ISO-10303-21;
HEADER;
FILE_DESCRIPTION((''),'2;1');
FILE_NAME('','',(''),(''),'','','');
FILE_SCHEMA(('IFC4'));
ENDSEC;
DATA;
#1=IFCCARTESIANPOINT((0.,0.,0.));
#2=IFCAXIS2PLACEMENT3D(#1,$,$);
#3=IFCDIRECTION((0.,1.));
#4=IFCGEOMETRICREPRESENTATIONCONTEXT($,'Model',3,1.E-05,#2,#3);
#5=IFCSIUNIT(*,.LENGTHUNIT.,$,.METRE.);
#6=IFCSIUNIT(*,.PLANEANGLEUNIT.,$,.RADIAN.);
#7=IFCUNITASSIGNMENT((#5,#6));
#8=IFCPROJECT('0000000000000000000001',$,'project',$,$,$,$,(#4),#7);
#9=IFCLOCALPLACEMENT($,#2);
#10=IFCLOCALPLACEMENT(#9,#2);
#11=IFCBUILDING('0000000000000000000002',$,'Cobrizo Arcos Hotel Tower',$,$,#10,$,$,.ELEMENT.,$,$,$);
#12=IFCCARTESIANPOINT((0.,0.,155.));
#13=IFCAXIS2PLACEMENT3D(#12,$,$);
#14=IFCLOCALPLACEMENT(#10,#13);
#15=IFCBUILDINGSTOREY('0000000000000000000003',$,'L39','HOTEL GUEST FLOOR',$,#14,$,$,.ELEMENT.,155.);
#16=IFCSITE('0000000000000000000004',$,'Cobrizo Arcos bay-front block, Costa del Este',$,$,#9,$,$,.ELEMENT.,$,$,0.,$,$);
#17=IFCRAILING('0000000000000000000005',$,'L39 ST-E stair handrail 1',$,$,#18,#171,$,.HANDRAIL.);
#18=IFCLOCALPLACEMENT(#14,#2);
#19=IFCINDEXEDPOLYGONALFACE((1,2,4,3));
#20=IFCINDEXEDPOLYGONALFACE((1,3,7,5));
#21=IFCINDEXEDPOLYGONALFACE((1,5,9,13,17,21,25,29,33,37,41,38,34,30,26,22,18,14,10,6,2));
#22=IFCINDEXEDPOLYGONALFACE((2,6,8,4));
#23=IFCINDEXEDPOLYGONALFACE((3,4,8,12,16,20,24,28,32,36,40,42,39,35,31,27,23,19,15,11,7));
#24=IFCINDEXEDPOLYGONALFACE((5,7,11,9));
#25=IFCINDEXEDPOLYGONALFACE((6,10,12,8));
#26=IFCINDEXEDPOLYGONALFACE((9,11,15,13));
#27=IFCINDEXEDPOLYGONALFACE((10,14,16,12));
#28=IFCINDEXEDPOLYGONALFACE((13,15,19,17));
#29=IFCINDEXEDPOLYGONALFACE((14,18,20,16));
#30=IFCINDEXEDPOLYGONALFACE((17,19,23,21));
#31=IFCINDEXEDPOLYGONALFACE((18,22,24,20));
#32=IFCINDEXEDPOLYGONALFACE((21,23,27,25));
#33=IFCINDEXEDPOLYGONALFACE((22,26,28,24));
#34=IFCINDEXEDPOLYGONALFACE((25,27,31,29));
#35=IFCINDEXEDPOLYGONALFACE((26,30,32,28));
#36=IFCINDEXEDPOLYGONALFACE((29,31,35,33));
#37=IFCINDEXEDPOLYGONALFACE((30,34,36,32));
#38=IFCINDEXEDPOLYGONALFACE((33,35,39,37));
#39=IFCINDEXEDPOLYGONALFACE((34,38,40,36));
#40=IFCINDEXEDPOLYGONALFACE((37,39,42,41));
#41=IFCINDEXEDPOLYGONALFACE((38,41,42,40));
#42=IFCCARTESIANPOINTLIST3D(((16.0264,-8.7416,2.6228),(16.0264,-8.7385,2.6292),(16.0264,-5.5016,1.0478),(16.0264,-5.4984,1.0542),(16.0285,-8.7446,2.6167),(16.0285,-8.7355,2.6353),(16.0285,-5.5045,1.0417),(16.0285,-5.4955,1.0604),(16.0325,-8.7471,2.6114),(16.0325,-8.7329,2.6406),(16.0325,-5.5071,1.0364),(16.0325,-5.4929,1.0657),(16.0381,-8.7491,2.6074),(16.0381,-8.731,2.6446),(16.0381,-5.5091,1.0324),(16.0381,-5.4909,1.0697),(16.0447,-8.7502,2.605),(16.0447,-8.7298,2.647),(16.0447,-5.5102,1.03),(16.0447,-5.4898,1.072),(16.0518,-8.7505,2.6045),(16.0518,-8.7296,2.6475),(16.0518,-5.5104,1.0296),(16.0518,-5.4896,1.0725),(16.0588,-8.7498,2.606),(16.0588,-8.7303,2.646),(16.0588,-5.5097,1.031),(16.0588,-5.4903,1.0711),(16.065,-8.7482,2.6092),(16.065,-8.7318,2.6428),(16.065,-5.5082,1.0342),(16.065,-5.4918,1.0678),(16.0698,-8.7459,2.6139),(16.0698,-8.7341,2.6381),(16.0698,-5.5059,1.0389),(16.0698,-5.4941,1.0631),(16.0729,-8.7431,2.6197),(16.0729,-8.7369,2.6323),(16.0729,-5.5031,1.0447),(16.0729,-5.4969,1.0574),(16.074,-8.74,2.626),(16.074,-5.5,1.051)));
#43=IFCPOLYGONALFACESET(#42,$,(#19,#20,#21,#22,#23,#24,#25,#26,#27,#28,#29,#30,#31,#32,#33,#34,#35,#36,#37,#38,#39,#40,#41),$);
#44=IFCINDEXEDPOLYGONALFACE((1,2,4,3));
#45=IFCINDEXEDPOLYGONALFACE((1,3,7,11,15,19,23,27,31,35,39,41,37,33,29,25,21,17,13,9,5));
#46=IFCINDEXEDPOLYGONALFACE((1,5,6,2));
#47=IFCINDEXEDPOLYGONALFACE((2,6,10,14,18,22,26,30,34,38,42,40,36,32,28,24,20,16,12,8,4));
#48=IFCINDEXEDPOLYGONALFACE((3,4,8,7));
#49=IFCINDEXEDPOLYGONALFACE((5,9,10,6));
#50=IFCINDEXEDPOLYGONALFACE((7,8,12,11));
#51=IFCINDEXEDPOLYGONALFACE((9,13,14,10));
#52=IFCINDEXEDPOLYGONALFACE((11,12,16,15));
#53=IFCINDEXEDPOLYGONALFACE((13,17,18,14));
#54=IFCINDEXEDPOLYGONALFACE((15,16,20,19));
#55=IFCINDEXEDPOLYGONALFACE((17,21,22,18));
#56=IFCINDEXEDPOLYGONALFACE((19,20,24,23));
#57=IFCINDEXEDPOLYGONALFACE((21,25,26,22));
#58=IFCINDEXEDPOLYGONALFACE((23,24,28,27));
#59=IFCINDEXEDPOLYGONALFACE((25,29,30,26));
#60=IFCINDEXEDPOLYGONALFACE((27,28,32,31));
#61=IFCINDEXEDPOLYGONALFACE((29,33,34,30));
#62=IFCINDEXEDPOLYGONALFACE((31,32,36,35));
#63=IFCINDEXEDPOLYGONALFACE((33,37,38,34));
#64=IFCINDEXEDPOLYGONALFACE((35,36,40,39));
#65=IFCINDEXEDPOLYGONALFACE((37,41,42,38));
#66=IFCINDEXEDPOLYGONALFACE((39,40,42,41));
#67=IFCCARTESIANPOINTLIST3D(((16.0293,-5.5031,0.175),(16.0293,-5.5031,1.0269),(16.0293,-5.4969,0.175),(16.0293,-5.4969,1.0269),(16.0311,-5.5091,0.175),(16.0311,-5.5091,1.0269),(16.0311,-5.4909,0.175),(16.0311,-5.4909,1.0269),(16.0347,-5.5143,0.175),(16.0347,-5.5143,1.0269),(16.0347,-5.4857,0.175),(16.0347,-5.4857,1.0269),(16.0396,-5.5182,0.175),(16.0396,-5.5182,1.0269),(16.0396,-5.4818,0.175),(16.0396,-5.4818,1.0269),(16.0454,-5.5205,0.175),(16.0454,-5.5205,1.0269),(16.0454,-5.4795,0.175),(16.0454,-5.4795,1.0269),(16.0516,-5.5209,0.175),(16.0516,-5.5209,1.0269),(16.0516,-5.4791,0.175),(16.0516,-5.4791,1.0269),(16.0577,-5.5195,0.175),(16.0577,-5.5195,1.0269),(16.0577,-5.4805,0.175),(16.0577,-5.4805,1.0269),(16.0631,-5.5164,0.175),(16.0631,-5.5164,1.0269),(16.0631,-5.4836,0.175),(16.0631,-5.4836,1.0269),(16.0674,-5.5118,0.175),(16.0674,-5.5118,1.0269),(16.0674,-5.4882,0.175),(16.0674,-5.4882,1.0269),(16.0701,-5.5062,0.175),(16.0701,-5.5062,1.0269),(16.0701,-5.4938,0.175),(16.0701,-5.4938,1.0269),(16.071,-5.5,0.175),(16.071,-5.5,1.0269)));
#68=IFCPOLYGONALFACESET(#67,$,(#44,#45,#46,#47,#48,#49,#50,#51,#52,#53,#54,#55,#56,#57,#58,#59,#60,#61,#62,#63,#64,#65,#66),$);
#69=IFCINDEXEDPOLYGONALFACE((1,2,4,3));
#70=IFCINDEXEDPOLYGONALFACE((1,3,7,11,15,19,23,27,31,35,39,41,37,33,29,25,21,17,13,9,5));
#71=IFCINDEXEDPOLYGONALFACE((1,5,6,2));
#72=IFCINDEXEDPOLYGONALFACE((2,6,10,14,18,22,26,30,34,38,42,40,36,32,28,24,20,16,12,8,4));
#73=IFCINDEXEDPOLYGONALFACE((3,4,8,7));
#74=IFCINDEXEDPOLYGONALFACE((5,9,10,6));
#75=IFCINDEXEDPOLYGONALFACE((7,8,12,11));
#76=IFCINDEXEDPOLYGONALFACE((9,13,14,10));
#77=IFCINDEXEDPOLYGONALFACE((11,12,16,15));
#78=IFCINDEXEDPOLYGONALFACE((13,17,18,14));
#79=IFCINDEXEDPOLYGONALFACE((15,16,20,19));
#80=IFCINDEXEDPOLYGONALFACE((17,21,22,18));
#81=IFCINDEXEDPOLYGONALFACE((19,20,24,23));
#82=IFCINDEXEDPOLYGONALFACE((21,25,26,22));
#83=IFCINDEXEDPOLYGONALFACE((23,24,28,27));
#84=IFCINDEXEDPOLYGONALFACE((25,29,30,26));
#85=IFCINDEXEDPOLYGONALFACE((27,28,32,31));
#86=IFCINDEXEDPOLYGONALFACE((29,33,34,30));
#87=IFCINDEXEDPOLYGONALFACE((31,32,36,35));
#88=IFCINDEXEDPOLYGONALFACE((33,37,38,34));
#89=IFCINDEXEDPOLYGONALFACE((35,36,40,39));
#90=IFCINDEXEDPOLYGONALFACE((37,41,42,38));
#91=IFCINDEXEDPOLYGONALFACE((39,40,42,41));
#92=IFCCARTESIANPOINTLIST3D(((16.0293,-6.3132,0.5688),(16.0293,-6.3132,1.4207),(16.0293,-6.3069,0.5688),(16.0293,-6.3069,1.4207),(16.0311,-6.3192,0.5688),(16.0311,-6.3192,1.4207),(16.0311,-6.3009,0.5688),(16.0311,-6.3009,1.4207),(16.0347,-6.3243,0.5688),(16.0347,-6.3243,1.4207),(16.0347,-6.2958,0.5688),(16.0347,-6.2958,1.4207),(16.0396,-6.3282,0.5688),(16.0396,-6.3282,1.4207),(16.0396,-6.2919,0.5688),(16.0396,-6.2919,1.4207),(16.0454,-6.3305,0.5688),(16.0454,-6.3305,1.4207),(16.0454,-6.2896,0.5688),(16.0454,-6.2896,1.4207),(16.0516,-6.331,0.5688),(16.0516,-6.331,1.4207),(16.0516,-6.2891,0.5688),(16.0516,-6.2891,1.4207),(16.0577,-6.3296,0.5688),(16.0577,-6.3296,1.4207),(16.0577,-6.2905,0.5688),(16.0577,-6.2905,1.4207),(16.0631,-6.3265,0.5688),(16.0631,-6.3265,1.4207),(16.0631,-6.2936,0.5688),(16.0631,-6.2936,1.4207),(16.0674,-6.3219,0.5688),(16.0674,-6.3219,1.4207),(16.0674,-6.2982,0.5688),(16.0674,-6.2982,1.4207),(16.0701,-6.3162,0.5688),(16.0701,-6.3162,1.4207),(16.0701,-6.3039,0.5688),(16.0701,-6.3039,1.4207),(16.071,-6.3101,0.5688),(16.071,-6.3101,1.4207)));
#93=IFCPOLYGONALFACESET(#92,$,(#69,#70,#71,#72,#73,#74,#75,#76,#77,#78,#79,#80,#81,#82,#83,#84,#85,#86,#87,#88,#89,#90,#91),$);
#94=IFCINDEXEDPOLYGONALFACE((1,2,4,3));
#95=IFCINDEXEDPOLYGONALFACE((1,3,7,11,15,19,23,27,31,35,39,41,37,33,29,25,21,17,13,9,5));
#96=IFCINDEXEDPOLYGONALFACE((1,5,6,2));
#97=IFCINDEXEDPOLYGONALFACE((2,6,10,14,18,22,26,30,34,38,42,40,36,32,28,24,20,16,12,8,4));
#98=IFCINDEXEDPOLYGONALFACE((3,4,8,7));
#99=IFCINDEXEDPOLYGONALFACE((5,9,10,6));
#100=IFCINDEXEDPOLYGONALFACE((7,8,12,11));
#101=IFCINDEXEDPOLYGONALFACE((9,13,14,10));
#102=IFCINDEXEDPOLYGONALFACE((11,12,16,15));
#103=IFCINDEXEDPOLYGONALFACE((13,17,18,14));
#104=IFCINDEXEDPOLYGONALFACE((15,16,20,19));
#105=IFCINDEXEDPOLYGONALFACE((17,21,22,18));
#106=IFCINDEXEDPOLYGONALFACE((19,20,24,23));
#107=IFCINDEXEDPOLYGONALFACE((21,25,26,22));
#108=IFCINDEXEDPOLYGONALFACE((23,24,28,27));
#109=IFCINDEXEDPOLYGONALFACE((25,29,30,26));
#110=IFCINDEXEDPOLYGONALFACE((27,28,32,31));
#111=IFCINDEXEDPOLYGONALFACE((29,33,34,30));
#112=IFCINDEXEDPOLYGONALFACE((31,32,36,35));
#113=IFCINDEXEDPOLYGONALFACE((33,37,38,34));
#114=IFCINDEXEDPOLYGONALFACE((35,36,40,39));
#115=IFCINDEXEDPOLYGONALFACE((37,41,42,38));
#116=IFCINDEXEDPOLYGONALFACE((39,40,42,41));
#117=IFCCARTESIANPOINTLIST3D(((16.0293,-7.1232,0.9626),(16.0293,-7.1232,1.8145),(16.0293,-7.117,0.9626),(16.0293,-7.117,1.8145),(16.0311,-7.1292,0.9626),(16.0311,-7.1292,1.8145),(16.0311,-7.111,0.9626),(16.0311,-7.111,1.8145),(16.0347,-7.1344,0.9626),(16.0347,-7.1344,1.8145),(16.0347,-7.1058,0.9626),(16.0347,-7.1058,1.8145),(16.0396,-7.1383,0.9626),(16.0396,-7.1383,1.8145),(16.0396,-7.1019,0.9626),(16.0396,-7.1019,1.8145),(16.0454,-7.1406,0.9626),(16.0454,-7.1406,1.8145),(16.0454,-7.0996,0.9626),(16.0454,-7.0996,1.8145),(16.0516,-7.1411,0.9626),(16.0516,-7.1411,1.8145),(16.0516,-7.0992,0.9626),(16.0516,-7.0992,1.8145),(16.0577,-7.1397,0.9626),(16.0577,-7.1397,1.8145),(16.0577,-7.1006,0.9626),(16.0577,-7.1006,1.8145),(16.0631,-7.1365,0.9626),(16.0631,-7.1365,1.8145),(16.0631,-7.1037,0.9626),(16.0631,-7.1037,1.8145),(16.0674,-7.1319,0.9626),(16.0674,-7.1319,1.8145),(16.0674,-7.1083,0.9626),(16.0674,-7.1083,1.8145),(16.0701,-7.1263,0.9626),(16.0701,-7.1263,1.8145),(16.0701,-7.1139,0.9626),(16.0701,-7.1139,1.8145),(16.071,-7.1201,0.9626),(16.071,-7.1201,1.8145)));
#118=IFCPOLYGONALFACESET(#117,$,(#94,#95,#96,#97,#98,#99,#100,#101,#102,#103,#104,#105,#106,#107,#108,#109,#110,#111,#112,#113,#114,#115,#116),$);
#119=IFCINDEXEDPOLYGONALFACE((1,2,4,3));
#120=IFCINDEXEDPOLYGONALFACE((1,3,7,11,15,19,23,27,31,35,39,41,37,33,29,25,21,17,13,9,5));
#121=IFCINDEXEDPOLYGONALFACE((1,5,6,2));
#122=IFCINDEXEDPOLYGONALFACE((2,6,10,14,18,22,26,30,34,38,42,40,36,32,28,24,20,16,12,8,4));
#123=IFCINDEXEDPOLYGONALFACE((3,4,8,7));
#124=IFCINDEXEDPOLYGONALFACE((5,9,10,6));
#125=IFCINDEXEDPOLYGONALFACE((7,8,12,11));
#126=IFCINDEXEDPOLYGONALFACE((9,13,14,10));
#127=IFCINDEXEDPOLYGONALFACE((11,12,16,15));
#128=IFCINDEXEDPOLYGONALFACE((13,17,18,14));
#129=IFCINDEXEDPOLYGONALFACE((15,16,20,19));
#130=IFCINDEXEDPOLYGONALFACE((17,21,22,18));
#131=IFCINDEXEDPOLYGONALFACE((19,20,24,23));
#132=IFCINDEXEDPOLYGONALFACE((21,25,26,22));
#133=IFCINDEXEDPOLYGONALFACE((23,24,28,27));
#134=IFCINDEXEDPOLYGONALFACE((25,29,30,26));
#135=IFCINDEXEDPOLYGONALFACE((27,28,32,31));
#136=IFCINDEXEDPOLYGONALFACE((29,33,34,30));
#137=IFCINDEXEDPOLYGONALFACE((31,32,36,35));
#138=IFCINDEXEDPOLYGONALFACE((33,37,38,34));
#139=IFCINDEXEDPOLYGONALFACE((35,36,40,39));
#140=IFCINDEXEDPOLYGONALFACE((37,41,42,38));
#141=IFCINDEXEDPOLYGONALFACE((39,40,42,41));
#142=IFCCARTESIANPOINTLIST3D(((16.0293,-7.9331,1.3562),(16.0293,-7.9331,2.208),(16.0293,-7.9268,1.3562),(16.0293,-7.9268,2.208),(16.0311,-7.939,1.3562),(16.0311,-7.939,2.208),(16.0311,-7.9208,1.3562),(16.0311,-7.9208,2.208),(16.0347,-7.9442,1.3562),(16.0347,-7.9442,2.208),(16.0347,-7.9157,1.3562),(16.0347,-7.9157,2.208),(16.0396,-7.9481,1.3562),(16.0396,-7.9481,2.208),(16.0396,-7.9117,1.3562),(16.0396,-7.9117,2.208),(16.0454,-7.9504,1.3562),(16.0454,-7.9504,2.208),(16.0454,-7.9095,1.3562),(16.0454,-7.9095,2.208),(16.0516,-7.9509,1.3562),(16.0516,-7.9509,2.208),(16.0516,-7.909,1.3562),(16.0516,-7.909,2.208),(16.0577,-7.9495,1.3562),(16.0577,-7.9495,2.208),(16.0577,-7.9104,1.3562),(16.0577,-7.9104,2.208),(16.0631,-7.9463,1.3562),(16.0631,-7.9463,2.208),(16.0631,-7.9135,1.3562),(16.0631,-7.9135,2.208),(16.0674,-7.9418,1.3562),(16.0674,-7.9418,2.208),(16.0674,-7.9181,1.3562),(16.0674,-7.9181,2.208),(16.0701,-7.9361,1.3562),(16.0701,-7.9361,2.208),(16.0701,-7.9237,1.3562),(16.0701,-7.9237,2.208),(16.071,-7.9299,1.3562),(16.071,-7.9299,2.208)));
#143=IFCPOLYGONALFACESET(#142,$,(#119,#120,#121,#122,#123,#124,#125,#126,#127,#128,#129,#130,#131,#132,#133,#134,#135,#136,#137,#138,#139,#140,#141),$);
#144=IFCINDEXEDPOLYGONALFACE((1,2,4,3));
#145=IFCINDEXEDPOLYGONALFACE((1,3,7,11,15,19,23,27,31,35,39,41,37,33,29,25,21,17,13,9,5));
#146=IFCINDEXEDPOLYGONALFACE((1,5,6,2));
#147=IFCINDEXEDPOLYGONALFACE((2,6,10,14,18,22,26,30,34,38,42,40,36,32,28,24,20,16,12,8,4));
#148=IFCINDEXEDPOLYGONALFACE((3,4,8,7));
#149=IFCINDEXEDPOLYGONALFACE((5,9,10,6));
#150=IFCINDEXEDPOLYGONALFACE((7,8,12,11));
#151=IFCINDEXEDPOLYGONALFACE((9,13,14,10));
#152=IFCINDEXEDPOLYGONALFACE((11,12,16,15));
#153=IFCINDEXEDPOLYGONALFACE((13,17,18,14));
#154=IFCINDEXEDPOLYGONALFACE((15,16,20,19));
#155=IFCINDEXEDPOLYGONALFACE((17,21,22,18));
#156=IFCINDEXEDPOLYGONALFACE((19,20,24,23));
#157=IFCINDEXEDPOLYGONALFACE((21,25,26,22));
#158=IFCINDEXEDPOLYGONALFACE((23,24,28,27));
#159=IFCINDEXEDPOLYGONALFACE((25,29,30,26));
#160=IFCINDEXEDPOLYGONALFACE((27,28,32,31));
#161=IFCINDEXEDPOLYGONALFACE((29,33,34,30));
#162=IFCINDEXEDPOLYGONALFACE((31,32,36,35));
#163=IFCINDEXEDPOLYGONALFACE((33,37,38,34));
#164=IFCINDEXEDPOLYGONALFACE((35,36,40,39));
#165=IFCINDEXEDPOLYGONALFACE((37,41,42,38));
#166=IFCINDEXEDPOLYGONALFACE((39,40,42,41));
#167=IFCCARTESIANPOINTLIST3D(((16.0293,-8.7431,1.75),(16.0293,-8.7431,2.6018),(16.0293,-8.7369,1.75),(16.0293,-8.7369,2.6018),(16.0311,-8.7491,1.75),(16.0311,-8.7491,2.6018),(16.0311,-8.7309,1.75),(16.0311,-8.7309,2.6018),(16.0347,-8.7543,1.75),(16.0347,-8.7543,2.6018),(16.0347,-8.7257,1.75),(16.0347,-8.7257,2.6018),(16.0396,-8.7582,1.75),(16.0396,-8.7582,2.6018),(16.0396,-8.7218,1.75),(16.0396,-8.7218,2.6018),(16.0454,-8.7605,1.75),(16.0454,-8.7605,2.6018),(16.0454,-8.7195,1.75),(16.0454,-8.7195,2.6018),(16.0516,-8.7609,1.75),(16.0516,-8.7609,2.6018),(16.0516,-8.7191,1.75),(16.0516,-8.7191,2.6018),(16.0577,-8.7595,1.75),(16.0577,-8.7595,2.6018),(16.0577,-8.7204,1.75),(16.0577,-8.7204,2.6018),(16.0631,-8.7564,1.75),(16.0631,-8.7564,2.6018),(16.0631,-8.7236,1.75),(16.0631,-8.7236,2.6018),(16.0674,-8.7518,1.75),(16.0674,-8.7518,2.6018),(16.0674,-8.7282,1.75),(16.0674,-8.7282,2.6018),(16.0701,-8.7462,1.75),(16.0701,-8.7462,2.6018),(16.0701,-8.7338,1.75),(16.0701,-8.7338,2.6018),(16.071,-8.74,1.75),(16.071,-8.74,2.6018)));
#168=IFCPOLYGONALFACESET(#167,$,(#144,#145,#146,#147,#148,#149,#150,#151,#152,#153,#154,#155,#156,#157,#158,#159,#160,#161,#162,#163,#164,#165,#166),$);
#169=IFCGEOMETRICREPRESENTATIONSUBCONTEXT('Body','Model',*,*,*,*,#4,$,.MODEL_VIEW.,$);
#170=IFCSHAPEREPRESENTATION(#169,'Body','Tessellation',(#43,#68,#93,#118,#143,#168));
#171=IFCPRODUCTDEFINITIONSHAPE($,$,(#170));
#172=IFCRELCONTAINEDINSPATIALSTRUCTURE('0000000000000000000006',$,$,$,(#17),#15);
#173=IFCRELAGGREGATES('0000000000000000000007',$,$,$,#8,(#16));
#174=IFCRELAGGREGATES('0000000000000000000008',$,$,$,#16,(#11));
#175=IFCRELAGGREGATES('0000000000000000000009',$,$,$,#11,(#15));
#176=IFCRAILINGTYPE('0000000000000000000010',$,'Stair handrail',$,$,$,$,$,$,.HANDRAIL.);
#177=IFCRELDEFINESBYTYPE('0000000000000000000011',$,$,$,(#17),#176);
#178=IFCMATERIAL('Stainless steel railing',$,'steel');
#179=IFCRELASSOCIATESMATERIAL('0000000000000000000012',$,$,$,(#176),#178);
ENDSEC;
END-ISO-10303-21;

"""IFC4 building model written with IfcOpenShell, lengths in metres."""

from ifc_helpers import new_model, si_unit, direction, frame, origin, origin_2d, place, context, subcontext, project, spatial, circle, extrude, material, type_object, element, save


model = new_model("IFC4")

# Units and contexts
model_context = context("Model", 3, precision=1e-05, world=origin(), true_north=direction((0.0, 1.0)))
body_context = subcontext(model_context, "Body", "Model", "MODEL_VIEW")
ifc_project = project(units=[si_unit("LENGTHUNIT", "METRE"), si_unit("PLANEANGLEUNIT", "RADIAN")], contexts=[model_context])

# Site, building, storey
site_placement = place(None, origin())
site = spatial("IfcSite", under=ifc_project, at=site_placement, Name="Cobrizo Arcos bay-front block, Costa del Este", CompositionType="ELEMENT", RefElevation=0.0)
building_placement = place(site_placement, origin())
building = spatial("IfcBuilding", under=site, at=building_placement, Name="Cobrizo Arcos Hotel Tower", CompositionType="ELEMENT")
storey_placement = place(building_placement, frame((0.0, 0.0, 155.0)))
storey = spatial("IfcBuildingStorey", under=building, at=storey_placement, Name="L39", Description="HOTEL GUEST FLOOR", CompositionType="ELEMENT", Elevation=155.0)

# Railing
ifc_material_1 = material(Name="Stainless steel railing", Category="steel")
railing_type_1 = type_object("IfcRailingType", Name="Stair handrail", PredefinedType="HANDRAIL", material=ifc_material_1)
railing_1_placement = place(storey_placement, frame((16.05, -5.5, 0.175)))
element("IfcRailing", 1, at=railing_1_placement, inside=storey, type_object=railing_type_1, Name="L39 ST-E stair handrail 1", PredefinedType="HANDRAIL", context=body_context, shape_type="SweptSolid", body=[
    extrude(circle(Radius=0.0239, at=origin_2d()), frame((0.0, 0.0, 0.876), z_axis=(0.0, -0.899373, 0.437183), x_axis=(1.0, 0.0, 0.0)), (0.0, 0.0, 1.0), 3.6025),
    extrude(circle(Radius=0.021, at=origin_2d()), origin(), (0.0, 0.0, 1.0), 0.8518),
    extrude(circle(Radius=0.021, at=origin_2d()), frame((0.0, -0.8101, 0.3938)), (0.0, 0.0, 1.0), 0.8518),
    extrude(circle(Radius=0.021, at=origin_2d()), frame((0.0, -1.6201, 0.7876)), (0.0, 0.0, 1.0), 0.8518),
    extrude(circle(Radius=0.021, at=origin_2d()), frame((0.0, -2.4299, 1.1812)), (0.0, 0.0, 1.0), 0.8518),
    extrude(circle(Radius=0.021, at=origin_2d()), frame((0.0, -3.24, 1.575)), (0.0, 0.0, 1.0), 0.8518),
])

save(model, "model.ifc")
